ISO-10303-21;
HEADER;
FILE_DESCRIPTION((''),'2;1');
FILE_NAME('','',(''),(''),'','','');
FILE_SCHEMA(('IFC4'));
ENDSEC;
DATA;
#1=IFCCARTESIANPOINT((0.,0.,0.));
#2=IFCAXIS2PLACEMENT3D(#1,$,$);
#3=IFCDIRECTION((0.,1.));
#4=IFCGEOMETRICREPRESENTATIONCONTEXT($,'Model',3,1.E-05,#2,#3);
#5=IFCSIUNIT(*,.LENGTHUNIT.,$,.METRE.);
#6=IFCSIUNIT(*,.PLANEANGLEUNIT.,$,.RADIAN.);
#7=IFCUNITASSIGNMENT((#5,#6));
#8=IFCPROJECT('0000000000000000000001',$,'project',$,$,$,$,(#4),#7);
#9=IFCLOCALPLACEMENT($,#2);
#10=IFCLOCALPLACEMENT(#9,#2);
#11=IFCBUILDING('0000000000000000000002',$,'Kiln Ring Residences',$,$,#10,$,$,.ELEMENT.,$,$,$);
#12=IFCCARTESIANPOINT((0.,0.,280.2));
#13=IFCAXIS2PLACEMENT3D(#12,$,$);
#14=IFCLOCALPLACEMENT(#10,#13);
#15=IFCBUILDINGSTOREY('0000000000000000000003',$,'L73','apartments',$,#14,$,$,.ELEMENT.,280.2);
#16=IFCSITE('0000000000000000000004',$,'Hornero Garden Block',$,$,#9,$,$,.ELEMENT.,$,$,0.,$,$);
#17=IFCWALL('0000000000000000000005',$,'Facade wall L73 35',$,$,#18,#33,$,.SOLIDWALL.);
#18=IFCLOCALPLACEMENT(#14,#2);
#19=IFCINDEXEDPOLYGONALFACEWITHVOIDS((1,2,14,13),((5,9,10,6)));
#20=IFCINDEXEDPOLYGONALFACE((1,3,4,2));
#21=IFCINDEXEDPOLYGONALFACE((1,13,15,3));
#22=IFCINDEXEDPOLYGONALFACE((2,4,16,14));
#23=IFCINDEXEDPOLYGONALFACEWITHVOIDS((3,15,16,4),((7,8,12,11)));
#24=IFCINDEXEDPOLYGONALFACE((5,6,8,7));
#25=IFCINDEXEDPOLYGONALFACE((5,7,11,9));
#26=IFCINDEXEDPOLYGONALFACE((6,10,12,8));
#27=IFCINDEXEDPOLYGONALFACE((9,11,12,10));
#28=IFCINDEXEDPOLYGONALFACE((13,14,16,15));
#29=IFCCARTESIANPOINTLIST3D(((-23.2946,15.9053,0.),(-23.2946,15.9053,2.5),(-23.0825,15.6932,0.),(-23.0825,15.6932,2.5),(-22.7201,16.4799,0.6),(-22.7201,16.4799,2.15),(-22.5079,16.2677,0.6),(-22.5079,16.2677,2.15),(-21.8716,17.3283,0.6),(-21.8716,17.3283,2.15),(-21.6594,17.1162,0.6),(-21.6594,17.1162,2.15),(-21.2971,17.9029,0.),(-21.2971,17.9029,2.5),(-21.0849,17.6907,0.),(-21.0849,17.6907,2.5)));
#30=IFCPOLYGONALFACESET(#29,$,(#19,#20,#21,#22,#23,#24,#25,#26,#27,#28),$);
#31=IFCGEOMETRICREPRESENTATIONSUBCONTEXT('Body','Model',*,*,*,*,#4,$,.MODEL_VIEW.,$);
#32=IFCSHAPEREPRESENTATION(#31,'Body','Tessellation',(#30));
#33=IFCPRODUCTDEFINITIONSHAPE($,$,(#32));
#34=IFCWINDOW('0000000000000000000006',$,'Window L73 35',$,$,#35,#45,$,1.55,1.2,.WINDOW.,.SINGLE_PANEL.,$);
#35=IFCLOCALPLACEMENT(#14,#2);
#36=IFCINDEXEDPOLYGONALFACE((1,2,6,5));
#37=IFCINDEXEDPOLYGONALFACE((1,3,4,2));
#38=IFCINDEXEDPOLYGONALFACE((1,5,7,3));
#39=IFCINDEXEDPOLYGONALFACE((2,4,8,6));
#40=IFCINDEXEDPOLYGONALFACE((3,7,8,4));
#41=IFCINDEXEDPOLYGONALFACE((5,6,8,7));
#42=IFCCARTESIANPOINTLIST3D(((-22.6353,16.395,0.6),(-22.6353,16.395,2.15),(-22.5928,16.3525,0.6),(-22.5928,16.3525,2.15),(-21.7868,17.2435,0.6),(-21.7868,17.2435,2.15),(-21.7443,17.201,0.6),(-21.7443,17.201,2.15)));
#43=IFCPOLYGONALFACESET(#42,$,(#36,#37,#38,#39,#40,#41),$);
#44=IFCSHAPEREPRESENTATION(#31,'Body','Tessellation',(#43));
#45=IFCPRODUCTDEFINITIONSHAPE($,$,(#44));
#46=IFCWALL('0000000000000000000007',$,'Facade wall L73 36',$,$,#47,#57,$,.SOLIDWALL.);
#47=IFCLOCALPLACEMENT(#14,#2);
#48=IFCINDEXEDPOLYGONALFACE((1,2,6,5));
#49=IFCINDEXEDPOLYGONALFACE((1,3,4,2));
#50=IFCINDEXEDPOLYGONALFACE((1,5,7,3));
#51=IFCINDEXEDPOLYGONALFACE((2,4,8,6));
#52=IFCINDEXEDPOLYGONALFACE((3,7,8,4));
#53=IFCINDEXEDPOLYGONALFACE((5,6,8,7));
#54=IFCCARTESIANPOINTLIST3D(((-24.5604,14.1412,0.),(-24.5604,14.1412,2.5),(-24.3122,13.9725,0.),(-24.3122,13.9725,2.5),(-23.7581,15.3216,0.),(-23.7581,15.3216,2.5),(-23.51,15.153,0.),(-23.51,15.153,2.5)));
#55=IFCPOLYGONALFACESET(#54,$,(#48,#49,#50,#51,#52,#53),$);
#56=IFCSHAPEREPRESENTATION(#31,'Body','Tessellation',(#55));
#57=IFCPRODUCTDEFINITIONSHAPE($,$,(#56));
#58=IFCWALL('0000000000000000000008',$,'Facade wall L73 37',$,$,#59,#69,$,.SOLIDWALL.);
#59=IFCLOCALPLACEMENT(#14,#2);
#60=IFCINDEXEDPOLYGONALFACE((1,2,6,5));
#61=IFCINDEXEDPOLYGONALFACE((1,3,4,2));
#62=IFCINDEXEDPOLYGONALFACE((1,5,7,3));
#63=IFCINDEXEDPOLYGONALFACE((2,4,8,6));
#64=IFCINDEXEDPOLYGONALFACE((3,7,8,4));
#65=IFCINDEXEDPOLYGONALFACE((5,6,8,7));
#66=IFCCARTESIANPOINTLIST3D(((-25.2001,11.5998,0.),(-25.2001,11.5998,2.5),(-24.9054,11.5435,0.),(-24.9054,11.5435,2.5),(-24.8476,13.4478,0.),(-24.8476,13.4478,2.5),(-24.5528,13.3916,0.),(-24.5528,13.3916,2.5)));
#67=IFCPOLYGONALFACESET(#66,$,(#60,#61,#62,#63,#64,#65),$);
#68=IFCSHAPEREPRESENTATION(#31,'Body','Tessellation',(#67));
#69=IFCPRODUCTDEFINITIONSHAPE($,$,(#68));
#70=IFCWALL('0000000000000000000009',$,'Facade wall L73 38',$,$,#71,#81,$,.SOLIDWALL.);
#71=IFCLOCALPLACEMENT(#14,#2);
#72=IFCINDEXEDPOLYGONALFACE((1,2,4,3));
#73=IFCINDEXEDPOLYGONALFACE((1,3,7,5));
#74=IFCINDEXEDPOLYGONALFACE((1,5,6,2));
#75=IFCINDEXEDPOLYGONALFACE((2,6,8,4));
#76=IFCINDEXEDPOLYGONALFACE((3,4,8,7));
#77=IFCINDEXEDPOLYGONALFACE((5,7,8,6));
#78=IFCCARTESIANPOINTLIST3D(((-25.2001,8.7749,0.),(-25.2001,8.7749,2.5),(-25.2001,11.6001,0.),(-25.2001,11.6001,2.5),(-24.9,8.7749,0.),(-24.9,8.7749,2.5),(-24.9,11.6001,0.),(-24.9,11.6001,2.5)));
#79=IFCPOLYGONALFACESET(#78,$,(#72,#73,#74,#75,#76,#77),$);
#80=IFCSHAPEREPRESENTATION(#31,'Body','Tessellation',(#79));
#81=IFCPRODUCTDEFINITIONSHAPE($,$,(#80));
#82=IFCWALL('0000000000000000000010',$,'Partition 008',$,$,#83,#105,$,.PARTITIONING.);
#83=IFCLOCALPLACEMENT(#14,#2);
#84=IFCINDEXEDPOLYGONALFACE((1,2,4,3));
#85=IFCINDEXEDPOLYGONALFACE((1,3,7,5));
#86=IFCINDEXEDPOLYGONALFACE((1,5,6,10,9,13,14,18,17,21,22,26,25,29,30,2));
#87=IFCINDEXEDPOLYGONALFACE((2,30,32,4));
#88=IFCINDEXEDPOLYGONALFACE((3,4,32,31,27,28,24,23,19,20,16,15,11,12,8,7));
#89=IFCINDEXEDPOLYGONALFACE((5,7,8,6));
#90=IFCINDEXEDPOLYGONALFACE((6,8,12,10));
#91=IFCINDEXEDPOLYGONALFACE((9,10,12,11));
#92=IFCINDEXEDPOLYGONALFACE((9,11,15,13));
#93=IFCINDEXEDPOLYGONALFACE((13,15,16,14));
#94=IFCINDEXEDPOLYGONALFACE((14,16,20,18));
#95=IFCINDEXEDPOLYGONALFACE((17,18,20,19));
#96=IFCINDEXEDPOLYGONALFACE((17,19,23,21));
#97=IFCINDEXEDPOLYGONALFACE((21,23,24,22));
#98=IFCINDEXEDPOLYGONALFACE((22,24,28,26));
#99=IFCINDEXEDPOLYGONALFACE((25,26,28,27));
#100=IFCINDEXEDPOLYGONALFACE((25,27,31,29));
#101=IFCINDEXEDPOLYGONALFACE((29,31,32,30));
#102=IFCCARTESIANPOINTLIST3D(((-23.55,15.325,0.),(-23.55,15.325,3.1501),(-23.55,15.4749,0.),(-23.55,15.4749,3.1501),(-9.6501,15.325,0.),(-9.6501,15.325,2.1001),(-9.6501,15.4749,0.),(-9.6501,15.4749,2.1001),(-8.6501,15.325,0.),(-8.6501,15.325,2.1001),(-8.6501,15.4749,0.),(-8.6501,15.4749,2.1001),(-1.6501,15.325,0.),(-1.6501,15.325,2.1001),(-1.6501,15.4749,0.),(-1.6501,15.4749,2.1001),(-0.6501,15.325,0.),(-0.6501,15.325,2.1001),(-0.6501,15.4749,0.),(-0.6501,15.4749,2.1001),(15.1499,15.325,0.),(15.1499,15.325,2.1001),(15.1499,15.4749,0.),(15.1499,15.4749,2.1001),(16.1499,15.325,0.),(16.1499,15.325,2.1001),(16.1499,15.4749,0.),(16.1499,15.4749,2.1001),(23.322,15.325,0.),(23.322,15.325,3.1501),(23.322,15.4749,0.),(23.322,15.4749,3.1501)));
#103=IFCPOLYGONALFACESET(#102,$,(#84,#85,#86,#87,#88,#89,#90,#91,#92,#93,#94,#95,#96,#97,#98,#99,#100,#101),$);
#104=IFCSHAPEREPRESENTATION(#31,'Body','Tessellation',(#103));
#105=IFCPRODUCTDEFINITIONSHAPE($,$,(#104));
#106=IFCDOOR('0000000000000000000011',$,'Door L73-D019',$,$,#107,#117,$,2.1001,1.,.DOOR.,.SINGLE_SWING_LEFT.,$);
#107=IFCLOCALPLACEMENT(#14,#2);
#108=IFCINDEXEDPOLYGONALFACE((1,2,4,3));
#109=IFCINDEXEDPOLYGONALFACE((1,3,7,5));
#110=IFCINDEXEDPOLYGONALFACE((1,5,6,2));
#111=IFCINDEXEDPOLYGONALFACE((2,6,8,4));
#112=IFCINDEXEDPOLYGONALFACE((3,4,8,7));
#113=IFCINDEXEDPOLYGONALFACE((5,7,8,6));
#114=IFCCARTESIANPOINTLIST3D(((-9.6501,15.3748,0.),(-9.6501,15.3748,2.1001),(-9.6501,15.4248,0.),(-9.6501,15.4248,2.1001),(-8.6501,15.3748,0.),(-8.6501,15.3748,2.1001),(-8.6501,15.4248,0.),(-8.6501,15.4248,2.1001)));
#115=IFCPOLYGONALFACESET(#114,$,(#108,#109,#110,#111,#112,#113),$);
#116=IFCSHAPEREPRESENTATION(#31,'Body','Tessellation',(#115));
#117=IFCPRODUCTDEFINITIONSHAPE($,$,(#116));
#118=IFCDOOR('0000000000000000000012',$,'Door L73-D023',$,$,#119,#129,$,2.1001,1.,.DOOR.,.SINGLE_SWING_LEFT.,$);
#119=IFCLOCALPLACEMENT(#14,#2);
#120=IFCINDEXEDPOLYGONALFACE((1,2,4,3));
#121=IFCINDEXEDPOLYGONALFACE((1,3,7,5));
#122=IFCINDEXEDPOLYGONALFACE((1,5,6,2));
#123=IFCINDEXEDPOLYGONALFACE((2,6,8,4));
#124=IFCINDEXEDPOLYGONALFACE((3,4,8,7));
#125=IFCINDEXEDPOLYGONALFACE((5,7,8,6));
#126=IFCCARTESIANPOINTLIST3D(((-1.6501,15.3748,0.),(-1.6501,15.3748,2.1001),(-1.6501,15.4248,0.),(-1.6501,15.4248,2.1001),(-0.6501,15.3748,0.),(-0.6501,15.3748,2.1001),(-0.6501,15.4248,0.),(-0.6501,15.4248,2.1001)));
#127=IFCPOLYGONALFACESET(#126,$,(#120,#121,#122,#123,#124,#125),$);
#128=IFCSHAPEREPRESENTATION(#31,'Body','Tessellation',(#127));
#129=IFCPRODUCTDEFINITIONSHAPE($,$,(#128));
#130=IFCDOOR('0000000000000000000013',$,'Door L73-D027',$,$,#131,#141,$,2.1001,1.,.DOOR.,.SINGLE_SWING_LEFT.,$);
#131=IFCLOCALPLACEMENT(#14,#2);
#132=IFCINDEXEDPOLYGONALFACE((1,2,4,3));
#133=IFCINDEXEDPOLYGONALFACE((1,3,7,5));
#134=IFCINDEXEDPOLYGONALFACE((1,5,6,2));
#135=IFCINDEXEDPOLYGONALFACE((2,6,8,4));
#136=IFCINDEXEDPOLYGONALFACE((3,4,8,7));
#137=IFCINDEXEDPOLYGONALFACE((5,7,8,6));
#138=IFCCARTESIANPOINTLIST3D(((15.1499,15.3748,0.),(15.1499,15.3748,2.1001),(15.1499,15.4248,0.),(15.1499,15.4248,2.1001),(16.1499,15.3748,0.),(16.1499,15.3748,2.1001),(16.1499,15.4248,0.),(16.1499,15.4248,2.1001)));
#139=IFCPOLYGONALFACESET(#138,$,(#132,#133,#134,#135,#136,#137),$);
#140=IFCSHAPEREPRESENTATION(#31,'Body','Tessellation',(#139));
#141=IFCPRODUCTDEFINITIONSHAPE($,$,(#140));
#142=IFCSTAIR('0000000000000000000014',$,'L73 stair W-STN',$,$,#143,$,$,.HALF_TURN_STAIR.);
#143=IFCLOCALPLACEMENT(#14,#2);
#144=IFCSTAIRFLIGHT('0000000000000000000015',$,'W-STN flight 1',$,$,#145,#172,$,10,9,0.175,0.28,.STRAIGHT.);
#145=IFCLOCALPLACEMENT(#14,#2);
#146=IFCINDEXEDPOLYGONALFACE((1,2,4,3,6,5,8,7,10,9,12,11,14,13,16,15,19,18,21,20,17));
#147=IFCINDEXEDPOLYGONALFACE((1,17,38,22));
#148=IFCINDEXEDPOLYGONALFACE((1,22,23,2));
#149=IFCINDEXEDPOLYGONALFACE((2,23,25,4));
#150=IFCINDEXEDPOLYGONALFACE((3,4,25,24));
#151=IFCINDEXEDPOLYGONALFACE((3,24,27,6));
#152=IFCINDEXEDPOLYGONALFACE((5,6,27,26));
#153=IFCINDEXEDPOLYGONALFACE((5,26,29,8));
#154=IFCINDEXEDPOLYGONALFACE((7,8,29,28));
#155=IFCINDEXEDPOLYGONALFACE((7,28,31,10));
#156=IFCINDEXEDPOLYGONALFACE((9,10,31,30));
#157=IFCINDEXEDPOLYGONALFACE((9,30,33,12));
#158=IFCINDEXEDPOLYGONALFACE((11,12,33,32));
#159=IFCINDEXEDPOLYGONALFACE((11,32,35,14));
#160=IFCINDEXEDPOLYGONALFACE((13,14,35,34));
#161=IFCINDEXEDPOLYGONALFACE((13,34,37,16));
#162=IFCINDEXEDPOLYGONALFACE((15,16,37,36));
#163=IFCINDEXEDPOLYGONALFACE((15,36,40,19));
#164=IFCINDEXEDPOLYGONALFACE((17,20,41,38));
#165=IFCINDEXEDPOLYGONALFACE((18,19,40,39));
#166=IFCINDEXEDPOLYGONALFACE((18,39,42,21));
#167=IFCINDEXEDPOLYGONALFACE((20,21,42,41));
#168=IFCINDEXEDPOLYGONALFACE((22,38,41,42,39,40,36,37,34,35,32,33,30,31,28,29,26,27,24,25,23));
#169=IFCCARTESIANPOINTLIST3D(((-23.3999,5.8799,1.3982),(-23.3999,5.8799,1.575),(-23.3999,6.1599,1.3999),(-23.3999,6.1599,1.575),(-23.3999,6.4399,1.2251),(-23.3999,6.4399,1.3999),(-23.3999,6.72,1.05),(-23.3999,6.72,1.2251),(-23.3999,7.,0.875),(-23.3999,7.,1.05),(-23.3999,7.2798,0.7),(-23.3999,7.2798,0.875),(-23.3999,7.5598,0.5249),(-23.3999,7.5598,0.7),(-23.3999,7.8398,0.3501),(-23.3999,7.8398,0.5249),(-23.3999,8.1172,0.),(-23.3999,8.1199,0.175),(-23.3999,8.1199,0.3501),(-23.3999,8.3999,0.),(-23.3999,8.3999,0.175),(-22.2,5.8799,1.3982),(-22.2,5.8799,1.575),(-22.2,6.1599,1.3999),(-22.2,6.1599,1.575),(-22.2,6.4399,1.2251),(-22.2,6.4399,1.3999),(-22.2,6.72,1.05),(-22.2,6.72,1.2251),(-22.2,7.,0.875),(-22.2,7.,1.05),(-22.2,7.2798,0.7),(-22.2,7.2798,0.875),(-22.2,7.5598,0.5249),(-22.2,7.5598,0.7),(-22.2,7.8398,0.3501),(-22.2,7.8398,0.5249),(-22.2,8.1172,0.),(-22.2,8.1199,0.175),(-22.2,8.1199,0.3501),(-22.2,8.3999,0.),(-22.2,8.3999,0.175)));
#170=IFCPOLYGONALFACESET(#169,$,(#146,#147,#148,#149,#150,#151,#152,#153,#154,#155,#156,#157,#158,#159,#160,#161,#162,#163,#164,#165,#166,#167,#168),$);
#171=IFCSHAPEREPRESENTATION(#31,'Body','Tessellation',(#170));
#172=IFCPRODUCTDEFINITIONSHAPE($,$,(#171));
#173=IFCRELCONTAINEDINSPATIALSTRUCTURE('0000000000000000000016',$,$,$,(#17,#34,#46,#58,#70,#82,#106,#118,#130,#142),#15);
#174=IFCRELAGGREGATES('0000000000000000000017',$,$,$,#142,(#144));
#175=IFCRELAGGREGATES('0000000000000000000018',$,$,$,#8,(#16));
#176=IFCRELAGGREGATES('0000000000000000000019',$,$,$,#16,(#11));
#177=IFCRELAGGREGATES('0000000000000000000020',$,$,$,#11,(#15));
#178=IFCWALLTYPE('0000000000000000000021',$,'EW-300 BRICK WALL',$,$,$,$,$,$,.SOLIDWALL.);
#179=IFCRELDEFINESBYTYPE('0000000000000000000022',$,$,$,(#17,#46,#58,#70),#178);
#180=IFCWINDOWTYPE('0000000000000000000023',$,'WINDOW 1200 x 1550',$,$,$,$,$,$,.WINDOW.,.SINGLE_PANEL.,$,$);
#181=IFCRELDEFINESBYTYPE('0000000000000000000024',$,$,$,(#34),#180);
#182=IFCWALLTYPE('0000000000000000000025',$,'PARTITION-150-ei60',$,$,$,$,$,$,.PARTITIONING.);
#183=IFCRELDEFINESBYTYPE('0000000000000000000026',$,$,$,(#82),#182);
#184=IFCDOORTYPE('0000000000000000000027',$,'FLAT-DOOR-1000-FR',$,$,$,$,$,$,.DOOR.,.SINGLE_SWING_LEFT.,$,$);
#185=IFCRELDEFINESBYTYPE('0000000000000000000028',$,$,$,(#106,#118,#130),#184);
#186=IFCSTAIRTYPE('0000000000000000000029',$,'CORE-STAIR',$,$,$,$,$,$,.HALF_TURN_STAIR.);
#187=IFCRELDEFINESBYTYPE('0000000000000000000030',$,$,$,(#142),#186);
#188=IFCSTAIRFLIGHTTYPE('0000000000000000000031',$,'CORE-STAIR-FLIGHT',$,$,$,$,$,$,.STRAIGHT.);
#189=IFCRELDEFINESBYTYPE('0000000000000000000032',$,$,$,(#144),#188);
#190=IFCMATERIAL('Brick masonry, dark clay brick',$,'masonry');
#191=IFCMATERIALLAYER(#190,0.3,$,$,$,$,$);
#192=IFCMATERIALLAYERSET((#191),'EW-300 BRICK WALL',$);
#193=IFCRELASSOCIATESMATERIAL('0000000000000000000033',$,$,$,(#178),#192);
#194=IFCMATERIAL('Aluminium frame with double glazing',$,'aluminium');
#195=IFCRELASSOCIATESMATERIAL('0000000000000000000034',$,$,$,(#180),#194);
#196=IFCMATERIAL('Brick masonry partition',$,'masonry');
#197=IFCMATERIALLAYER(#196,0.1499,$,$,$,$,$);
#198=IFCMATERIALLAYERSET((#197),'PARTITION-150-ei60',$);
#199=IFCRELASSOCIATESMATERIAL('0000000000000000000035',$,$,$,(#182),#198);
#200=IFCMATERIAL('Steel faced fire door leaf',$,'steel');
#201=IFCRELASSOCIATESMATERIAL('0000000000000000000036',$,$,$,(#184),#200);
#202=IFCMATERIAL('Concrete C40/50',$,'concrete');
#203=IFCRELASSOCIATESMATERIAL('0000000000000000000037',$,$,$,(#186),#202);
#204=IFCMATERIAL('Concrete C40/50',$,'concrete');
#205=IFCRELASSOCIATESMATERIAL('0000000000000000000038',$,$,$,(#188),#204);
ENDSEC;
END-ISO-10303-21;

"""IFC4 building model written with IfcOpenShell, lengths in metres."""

from ifc_helpers import new_model, si_unit, direction, frame, frame_2d, origin, place, context, subcontext, project, spatial, polyline, rectangle, outline, extrude, material, layer, layer_set, type_object, element, fill, aggregate, save


model = new_model("IFC4")

# Units and contexts
model_context = context("Model", 3, precision=1e-05, world=origin(), true_north=direction((0.0, 1.0)))
body_context = subcontext(model_context, "Body", "Model", "MODEL_VIEW")
ifc_project = project(units=[si_unit("LENGTHUNIT", "METRE"), si_unit("PLANEANGLEUNIT", "RADIAN")], contexts=[model_context])

# Site, building, storey
site_placement = place(None, origin())
site = spatial("IfcSite", under=ifc_project, at=site_placement, Name="Hornero Garden Block", CompositionType="ELEMENT", RefElevation=0.0)
building_placement = place(site_placement, origin())
building = spatial("IfcBuilding", under=site, at=building_placement, Name="Kiln Ring Residences", CompositionType="ELEMENT")
storey_placement = place(building_placement, frame((0.0, 0.0, 280.2)))
storey = spatial("IfcBuildingStorey", under=building, at=storey_placement, Name="L73", Description="apartments", CompositionType="ELEMENT", Elevation=280.2)

# Wall, opening, window
ifc_material_1 = material(Name="Brick masonry, dark clay brick", Category="masonry")
ifc_layer_1 = layer(ifc_material_1, 0.3)
ifc_layer_set_1 = layer_set([ifc_layer_1], Name="EW-300 BRICK WALL")
wall_type_1 = type_object("IfcWallType", Name="EW-300 BRICK WALL", PredefinedType="SOLIDWALL", material=ifc_layer_set_1)
wall_1_placement = place(storey_placement, frame((-21.1909, 17.7969, 0.0), z_axis=(0.0, 0.0, 1.0), x_axis=(-0.707107, -0.707107, 0.0)))
wall_1 = element("IfcWall", 1, at=wall_1_placement, inside=storey, type_object=wall_type_1, Name="Facade wall L73 35", PredefinedType="SOLIDWALL", context=body_context, shape_type="SweptSolid", body=[
    extrude(rectangle(XDim=2.825, YDim=0.3, at=frame_2d((1.4126, 0.0))), origin(), (0.0, 0.0, 1.0), 2.5),
])
opening_1_placement = place(wall_1_placement, frame((0.8125, 0.0, 0.6001)))
opening_1 = element("IfcOpeningElement", 2, at=opening_1_placement, cuts=wall_1, PredefinedType="OPENING", context=body_context, shape_type="SweptSolid", body=[
    extrude(rectangle(XDim=1.2, YDim=1.55, at=frame_2d((0.6001, 0.7749))), frame((0.0, 0.1599, 0.0), z_axis=(0.0, -1.0, 0.0), x_axis=(1.0, 0.0, 0.0)), (0.0, 0.0, 1.0), 0.3201),
])
ifc_material_2 = material(Name="Aluminium frame with double glazing", Category="aluminium")
window_type_1 = type_object("IfcWindowType", Name="WINDOW 1200 x 1550", PartitioningType="SINGLE_PANEL", PredefinedType="WINDOW", material=ifc_material_2)
window_1_placement = place(opening_1_placement, origin())
window_1 = element("IfcWindow", 3, at=window_1_placement, inside=storey, type_object=window_type_1, Name="Window L73 35", OverallHeight=1.55, OverallWidth=1.2, PartitioningType="SINGLE_PANEL", PredefinedType="WINDOW", context=body_context, shape_type="SweptSolid", body=[
    extrude(rectangle(XDim=1.2, YDim=1.55, at=frame_2d((0.6001, 0.7749))), frame((0.0, 0.03, 0.0), z_axis=(0.0, -1.0, 0.0), x_axis=(1.0, 0.0, 0.0)), (0.0, 0.0, 1.0), 0.0601),
])
fill(opening_1, window_1)

# Walls
wall_2_placement = place(storey_placement, frame((-23.634, 15.2373, 0.0), z_axis=(0.0, 0.0, 1.0), x_axis=(-0.562099, -0.82707, 0.0)))
element("IfcWall", 4, at=wall_2_placement, inside=storey, type_object=wall_type_1, Name="Facade wall L73 36", PredefinedType="SOLIDWALL", context=body_context, shape_type="SweptSolid", body=[
    extrude(rectangle(XDim=1.4272, YDim=0.3, at=frame_2d((0.7136, 0.0))), origin(), (0.0, 0.0, 1.0), 2.5),
])
wall_3_placement = place(storey_placement, frame((-24.7002, 13.4197, 0.0), z_axis=(0.0, 0.0, 1.0), x_axis=(-0.187398, -0.982284, 0.0)))
element("IfcWall", 5, at=wall_3_placement, inside=storey, type_object=wall_type_1, Name="Facade wall L73 37", PredefinedType="SOLIDWALL", context=body_context, shape_type="SweptSolid", body=[
    extrude(rectangle(XDim=1.8813, YDim=0.3, at=frame_2d((0.9407, 0.0))), origin(), (0.0, 0.0, 1.0), 2.5),
])
wall_4_placement = place(storey_placement, frame((-25.05, 11.6001, 0.0), z_axis=(0.0, 0.0, 1.0), x_axis=(0.0, -1.0, 0.0)))
element("IfcWall", 6, at=wall_4_placement, inside=storey, type_object=wall_type_1, Name="Facade wall L73 38", PredefinedType="SOLIDWALL", context=body_context, shape_type="SweptSolid", body=[
    extrude(rectangle(XDim=2.8252, YDim=0.3, at=frame_2d((1.4126, 0.0))), origin(), (0.0, 0.0, 1.0), 2.5),
])

# Wall, openings, doors
ifc_material_3 = material(Name="Brick masonry partition", Category="masonry")
ifc_layer_2 = layer(ifc_material_3, 0.1499)
ifc_layer_set_2 = layer_set([ifc_layer_2], Name="PARTITION-150-ei60")
wall_type_2 = type_object("IfcWallType", Name="PARTITION-150-ei60", PredefinedType="PARTITIONING", material=ifc_layer_set_2)
wall_5_placement = place(storey_placement, frame((-23.55, 15.3999, 0.0), z_axis=(0.0, 0.0, 1.0), x_axis=(1.0, 0.0, 0.0)))
wall_5 = element("IfcWall", 7, at=wall_5_placement, inside=storey, type_object=wall_type_2, Name="Partition 008", PredefinedType="PARTITIONING", context=body_context, shape_type="SweptSolid", body=[
    extrude(rectangle(XDim=46.8721, YDim=0.1499, at=frame_2d((23.436, 0.0))), origin(), (0.0, 0.0, 1.0), 3.1501),
])
opening_2_placement = place(wall_5_placement, frame((13.8999, 0.0, 0.0)))
opening_2 = element("IfcOpeningElement", 8, at=opening_2_placement, cuts=wall_5, PredefinedType="OPENING", context=body_context, shape_type="SweptSolid", body=[
    extrude(rectangle(XDim=1.0, YDim=2.1001, at=frame_2d((0.5, 1.05))), frame((0.0, 0.085, 0.0), z_axis=(0.0, -1.0, 0.0), x_axis=(1.0, 0.0, 0.0)), (0.0, 0.0, 1.0), 0.1699),
])
opening_3_placement = place(wall_5_placement, frame((21.8999, 0.0, 0.0)))
opening_3 = element("IfcOpeningElement", 9, at=opening_3_placement, cuts=wall_5, PredefinedType="OPENING", context=body_context, shape_type="SweptSolid", body=[
    extrude(rectangle(XDim=1.0, YDim=2.1001, at=frame_2d((0.5, 1.05))), frame((0.0, 0.085, 0.0), z_axis=(0.0, -1.0, 0.0), x_axis=(1.0, 0.0, 0.0)), (0.0, 0.0, 1.0), 0.1699),
])
opening_4_placement = place(wall_5_placement, frame((38.7, 0.0, 0.0)))
opening_4 = element("IfcOpeningElement", 10, at=opening_4_placement, cuts=wall_5, PredefinedType="OPENING", context=body_context, shape_type="SweptSolid", body=[
    extrude(rectangle(XDim=1.0, YDim=2.1001, at=frame_2d((0.5, 1.05))), frame((0.0, 0.085, 0.0), z_axis=(0.0, -1.0, 0.0), x_axis=(1.0, 0.0, 0.0)), (0.0, 0.0, 1.0), 0.1699),
])
ifc_material_4 = material(Name="Steel faced fire door leaf", Category="steel")
door_type_1 = type_object("IfcDoorType", Name="FLAT-DOOR-1000-FR", OperationType="SINGLE_SWING_LEFT", PredefinedType="DOOR", material=ifc_material_4)
door_1_placement = place(opening_2_placement, origin())
door_1 = element("IfcDoor", 11, at=door_1_placement, inside=storey, type_object=door_type_1, Name="Door L73-D019", OperationType="SINGLE_SWING_LEFT", OverallHeight=2.1001, OverallWidth=1.0, PredefinedType="DOOR", context=body_context, shape_type="SweptSolid", body=[
    extrude(rectangle(XDim=1.0, YDim=2.1001, at=frame_2d((0.5, 1.05))), frame((0.0, 0.0249, 0.0), z_axis=(0.0, -1.0, 0.0), x_axis=(1.0, 0.0, 0.0)), (0.0, 0.0, 1.0), 0.05),
])
fill(opening_2, door_1)
door_2_placement = place(opening_3_placement, origin())
door_2 = element("IfcDoor", 12, at=door_2_placement, inside=storey, type_object=door_type_1, Name="Door L73-D023", OperationType="SINGLE_SWING_LEFT", OverallHeight=2.1001, OverallWidth=1.0, PredefinedType="DOOR", context=body_context, shape_type="SweptSolid", body=[
    extrude(rectangle(XDim=1.0, YDim=2.1001, at=frame_2d((0.5, 1.05))), frame((0.0, 0.0249, 0.0), z_axis=(0.0, -1.0, 0.0), x_axis=(1.0, 0.0, 0.0)), (0.0, 0.0, 1.0), 0.05),
])
fill(opening_3, door_2)
door_3_placement = place(opening_4_placement, origin())
door_3 = element("IfcDoor", 13, at=door_3_placement, inside=storey, type_object=door_type_1, Name="Door L73-D027", OperationType="SINGLE_SWING_LEFT", OverallHeight=2.1001, OverallWidth=1.0, PredefinedType="DOOR", context=body_context, shape_type="SweptSolid", body=[
    extrude(rectangle(XDim=1.0, YDim=2.1001, at=frame_2d((0.5, 1.05))), frame((0.0, 0.0249, 0.0), z_axis=(0.0, -1.0, 0.0), x_axis=(1.0, 0.0, 0.0)), (0.0, 0.0, 1.0), 0.05),
])
fill(opening_4, door_3)

# Stair, stair flight
ifc_material_5 = material(Name="Concrete C40/50", Category="concrete")
stair_type = type_object("IfcStairType", Name="CORE-STAIR", PredefinedType="HALF_TURN_STAIR", material=ifc_material_5)
stair_placement = place(storey_placement, origin())
stair = element("IfcStair", 14, at=stair_placement, inside=storey, type_object=stair_type, Name="L73 stair W-STN", PredefinedType="HALF_TURN_STAIR")
ifc_material_6 = material(Name="Concrete C40/50", Category="concrete")
stair_flight_type = type_object("IfcStairFlightType", Name="CORE-STAIR-FLIGHT", PredefinedType="STRAIGHT", material=ifc_material_6)
stair_flight_placement = place(storey_placement, frame((-22.8, 8.3999, 0.0), z_axis=(0.0, 0.0, 1.0), x_axis=(0.0, -1.0, 0.0)))
stair_flight = element("IfcStairFlight", 15, at=stair_flight_placement, type_object=stair_flight_type, Name="W-STN flight 1", NumberOfRisers=10, NumberOfTreads=9, PredefinedType="STRAIGHT", RiserHeight=0.175, TreadLength=0.28, context=body_context, shape_type="SweptSolid", body=[
    extrude(outline(polyline([(0.0, 0.0), (0.0, 0.175), (0.28, 0.175), (0.28, 0.3501), (0.5601, 0.3501), (0.5601, 0.5249), (0.8401, 0.5249), (0.8401, 0.7), (1.1201, 0.7), (1.1201, 0.875), (1.3999, 0.875), (1.3999, 1.05), (1.6799, 1.05), (1.6799, 1.2251), (1.96, 1.2251), (1.96, 1.3999), (2.24, 1.3999), (2.24, 1.575), (2.52, 1.575), (2.52, 1.75), (2.52, 1.3982), (0.2827, 0.0), (0.0, 0.0)])), frame((0.0, 0.6001, 0.0), z_axis=(0.0, -1.0, 0.0), x_axis=(1.0, 0.0, 0.0)), (0.0, 0.0, 1.0), 1.2),
])
aggregate(stair, [stair_flight])

save(model, "model.ifc")
